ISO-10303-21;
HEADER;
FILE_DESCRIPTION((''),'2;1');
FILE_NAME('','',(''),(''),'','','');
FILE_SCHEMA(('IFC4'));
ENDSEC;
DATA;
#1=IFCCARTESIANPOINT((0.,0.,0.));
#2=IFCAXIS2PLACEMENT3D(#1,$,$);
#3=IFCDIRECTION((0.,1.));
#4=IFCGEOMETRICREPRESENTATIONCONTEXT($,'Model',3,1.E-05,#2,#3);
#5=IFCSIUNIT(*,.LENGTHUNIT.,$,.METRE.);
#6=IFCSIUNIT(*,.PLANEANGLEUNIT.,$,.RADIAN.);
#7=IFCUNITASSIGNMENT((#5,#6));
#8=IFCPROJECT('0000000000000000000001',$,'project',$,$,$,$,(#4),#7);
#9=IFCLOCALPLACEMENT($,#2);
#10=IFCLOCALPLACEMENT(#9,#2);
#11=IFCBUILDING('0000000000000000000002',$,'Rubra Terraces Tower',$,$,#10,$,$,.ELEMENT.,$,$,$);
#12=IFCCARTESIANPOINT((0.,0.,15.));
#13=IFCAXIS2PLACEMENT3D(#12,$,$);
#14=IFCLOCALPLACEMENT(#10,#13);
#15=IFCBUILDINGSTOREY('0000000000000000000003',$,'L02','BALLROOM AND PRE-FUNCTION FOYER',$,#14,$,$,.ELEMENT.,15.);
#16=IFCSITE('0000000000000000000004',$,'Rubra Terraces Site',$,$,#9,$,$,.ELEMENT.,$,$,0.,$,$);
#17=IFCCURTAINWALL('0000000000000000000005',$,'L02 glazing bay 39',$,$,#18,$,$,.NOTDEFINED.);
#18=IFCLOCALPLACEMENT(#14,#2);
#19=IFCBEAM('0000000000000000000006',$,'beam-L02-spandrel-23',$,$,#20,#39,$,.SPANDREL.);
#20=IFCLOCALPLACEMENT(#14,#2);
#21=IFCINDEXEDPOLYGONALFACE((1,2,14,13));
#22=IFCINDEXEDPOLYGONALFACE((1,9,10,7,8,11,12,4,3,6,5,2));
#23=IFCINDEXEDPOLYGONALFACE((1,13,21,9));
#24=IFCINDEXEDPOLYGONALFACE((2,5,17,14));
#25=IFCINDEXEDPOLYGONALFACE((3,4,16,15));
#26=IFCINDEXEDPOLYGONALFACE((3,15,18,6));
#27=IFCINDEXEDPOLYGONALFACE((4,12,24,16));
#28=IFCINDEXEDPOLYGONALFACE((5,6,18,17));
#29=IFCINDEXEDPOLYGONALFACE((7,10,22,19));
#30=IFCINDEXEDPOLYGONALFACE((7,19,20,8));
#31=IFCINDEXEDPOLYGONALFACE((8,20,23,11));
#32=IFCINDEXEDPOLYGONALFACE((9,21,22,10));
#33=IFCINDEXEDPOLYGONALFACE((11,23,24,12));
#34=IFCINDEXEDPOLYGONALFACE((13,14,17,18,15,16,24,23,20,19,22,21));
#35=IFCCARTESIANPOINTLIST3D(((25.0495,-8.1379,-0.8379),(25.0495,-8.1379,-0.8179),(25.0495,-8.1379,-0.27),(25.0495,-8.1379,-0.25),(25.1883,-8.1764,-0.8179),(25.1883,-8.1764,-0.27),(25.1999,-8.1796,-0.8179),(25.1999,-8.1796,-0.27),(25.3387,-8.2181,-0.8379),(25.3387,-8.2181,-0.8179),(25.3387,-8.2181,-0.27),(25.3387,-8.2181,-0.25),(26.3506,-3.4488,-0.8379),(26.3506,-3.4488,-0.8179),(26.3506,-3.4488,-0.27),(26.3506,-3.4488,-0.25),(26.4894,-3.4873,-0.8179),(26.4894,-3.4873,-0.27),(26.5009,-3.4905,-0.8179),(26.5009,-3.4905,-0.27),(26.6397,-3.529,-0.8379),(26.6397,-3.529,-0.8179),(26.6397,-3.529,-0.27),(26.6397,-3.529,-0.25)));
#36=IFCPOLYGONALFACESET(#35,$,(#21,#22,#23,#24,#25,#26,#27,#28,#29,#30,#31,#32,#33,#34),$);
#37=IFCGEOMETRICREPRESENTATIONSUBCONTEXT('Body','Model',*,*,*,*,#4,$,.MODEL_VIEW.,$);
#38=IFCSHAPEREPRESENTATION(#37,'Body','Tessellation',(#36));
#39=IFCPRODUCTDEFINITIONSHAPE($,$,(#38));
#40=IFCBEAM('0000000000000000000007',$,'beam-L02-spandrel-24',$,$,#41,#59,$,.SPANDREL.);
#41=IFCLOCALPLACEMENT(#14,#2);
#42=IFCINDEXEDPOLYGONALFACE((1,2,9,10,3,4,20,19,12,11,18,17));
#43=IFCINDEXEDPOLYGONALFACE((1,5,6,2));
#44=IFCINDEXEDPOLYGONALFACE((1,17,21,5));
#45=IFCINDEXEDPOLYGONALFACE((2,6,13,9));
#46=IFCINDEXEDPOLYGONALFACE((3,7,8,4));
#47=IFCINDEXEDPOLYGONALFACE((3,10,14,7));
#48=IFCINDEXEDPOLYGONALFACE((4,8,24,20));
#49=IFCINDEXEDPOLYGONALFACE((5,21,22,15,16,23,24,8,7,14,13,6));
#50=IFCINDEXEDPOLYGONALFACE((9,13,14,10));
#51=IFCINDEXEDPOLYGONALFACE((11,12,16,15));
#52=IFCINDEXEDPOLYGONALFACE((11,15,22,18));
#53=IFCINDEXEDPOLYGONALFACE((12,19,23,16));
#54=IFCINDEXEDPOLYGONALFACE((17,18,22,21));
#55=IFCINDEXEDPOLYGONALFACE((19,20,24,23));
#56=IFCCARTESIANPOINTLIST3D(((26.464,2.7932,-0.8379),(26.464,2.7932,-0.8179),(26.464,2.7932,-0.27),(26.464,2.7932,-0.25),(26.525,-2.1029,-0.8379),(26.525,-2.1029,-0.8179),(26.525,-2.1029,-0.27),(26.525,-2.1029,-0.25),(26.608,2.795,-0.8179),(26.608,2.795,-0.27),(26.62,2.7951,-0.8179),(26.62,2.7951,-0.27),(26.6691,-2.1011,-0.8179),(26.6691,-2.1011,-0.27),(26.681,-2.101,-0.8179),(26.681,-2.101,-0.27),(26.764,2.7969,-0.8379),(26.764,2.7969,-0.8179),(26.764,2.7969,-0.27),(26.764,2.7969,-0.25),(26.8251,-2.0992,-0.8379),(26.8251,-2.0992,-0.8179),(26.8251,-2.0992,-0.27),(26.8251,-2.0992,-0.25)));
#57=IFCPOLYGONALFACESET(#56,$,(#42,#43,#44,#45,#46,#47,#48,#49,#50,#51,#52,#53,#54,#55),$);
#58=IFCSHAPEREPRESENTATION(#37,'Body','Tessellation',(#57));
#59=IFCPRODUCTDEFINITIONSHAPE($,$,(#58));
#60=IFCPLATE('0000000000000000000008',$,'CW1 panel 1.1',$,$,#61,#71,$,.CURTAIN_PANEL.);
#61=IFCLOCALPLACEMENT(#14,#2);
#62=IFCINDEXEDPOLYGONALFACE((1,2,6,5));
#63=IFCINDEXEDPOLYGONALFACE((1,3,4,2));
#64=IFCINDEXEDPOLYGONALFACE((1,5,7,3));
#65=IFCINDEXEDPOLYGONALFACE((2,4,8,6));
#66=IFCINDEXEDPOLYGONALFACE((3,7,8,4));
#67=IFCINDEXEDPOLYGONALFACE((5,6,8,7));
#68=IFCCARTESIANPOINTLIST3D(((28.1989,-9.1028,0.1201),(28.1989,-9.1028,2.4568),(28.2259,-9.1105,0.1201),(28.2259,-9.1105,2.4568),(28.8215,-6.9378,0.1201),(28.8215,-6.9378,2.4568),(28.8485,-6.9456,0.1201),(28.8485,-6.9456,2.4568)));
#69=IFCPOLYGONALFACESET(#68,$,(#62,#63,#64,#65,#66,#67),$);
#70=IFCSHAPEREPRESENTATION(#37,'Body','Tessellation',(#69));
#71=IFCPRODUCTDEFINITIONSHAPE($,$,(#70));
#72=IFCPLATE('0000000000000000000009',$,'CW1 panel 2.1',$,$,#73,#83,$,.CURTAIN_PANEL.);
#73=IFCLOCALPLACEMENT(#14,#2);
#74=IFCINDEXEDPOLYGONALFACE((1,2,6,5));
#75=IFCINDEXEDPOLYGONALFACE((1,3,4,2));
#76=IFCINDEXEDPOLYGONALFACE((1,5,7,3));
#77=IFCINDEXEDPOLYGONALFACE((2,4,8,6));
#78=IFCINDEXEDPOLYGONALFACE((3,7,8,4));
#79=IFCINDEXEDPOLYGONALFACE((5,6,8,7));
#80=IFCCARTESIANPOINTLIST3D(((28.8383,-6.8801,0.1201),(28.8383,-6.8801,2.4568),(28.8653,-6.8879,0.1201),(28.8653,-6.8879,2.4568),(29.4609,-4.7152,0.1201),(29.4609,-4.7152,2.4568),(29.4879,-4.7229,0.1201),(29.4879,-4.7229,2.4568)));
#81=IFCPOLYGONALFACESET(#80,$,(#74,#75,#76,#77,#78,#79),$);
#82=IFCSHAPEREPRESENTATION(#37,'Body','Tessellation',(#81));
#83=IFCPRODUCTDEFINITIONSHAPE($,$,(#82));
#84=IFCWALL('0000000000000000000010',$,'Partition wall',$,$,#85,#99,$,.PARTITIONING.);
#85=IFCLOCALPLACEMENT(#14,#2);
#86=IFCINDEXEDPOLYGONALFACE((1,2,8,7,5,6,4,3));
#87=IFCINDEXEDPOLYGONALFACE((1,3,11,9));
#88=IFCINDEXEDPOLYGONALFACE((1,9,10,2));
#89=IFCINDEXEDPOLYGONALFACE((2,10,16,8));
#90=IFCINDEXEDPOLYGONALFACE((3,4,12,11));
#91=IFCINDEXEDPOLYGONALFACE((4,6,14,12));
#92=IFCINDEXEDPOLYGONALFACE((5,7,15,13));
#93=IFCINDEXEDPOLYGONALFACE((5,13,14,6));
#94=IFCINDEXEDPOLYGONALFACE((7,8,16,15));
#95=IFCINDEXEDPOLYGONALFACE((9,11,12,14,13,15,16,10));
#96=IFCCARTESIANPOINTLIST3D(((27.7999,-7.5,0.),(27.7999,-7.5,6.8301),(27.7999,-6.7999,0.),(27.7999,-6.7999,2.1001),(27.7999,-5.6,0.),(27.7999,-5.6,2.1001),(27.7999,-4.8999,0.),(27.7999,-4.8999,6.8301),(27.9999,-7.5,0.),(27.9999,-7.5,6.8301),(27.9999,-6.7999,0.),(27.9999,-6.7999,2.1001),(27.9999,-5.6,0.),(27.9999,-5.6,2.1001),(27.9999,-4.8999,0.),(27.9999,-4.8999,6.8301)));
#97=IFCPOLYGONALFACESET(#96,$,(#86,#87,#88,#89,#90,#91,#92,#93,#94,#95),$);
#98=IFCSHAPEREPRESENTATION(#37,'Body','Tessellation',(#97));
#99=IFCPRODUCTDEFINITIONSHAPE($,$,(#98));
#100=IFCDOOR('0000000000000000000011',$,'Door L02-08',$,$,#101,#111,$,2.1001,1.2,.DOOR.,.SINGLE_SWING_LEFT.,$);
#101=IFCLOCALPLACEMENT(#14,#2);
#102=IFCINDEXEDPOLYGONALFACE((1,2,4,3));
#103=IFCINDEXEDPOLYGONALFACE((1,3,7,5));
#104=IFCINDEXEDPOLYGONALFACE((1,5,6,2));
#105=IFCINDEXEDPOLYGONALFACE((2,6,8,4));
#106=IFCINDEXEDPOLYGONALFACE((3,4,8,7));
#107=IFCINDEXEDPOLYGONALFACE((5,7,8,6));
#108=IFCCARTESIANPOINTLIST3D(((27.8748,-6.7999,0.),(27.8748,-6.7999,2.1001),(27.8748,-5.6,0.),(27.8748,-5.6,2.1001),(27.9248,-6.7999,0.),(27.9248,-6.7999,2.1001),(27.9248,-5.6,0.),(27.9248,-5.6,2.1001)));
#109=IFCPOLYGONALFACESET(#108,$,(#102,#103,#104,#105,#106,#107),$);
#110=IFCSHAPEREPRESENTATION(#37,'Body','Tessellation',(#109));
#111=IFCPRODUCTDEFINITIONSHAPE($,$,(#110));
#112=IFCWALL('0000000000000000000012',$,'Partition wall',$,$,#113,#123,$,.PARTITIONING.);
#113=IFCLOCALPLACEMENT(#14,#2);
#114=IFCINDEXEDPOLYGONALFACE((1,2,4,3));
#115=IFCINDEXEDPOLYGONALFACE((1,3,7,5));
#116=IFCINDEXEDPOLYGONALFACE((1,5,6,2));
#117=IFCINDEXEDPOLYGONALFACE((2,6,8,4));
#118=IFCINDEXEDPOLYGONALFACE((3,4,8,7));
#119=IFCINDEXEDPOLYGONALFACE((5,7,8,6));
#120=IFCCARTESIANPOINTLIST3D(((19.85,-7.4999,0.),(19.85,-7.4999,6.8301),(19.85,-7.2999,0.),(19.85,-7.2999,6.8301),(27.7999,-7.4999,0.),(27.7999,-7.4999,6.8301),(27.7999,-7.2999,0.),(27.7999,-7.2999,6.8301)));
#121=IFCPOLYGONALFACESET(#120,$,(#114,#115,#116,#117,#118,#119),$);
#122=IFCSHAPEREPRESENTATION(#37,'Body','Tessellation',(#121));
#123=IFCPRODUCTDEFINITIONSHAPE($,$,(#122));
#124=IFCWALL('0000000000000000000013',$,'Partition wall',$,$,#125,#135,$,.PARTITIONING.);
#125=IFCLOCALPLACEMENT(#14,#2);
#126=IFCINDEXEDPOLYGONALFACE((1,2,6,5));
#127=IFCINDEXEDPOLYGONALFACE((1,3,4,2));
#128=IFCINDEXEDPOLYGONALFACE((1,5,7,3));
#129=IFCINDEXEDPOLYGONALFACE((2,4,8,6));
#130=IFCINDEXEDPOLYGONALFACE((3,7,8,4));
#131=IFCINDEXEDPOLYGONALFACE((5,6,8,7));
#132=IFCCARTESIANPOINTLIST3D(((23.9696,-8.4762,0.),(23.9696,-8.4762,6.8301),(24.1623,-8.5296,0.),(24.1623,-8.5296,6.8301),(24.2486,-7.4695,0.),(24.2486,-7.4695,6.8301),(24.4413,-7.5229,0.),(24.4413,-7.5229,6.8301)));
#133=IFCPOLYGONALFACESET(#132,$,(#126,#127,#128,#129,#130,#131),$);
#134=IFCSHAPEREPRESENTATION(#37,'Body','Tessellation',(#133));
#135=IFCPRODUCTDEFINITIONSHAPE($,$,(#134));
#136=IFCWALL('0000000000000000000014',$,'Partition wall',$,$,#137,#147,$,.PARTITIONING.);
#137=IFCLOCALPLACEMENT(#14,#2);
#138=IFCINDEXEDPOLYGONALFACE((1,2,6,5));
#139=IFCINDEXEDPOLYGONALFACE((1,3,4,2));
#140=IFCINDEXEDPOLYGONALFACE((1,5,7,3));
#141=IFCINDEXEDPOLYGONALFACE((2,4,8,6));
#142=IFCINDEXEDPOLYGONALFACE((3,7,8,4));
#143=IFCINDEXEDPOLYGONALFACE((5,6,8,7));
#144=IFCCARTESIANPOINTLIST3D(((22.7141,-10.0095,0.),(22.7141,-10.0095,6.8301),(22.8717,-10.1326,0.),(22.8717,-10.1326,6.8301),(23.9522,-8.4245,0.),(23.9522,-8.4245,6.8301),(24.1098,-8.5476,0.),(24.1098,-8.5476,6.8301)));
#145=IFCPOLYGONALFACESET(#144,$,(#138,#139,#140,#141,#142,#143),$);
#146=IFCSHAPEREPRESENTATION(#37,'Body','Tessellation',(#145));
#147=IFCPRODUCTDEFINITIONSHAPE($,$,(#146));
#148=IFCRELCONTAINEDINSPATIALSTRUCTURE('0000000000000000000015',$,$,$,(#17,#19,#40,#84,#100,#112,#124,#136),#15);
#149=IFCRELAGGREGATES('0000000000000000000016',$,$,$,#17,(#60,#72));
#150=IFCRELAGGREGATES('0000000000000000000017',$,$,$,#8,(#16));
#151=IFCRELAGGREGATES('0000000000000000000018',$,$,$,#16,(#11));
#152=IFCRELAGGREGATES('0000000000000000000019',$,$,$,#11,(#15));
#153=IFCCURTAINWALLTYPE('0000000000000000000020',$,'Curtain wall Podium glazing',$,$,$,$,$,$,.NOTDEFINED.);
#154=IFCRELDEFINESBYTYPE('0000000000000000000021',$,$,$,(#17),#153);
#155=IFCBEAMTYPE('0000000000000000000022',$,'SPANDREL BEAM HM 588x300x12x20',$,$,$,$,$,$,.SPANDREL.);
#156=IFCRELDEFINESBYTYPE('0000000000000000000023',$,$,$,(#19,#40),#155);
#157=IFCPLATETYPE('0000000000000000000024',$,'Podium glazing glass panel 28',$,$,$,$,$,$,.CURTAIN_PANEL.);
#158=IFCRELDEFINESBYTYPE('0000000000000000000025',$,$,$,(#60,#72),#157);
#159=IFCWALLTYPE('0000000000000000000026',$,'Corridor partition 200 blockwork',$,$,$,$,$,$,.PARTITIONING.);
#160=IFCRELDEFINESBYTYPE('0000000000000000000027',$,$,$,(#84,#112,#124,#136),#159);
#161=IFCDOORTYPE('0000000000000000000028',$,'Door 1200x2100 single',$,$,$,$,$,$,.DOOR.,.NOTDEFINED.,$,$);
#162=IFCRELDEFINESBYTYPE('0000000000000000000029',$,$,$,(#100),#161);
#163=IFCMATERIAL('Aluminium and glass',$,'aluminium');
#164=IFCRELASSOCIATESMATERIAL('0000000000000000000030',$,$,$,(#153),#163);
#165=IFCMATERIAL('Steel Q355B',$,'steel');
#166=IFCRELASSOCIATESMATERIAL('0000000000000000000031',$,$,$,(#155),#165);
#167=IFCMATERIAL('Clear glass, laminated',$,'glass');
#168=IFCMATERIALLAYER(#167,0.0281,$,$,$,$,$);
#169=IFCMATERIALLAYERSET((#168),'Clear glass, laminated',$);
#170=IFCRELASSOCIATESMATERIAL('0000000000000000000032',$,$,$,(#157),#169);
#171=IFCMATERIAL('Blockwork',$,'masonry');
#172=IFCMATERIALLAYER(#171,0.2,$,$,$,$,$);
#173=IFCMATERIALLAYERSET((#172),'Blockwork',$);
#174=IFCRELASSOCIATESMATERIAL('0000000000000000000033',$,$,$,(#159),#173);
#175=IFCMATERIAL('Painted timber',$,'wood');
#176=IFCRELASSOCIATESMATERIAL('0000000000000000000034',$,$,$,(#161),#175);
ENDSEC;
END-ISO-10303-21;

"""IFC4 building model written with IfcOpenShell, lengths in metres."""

from ifc_helpers import new_model, si_unit, direction, frame, frame_2d, origin, origin_2d, place, context, subcontext, project, spatial, rectangle, i_section, extrude, material, layer, layer_set, material_profile, profile_set, type_object, element, fill, aggregate, save


model = new_model("IFC4")

# Units and contexts
model_context = context("Model", 3, precision=1e-05, world=origin(), true_north=direction((0.0, 1.0)))
body_context = subcontext(model_context, "Body", "Model", "MODEL_VIEW")
ifc_project = project(units=[si_unit("LENGTHUNIT", "METRE"), si_unit("PLANEANGLEUNIT", "RADIAN")], contexts=[model_context])

# Site, building, storey
site_placement = place(None, origin())
site = spatial("IfcSite", under=ifc_project, at=site_placement, Name="Rubra Terraces Site", CompositionType="ELEMENT", RefElevation=0.0)
building_placement = place(site_placement, origin())
building = spatial("IfcBuilding", under=site, at=building_placement, Name="Rubra Terraces Tower", CompositionType="ELEMENT")
storey_placement = place(building_placement, frame((0.0, 0.0, 15.0)))
storey = spatial("IfcBuildingStorey", under=building, at=storey_placement, Name="L02", Description="BALLROOM AND PRE-FUNCTION FOYER", CompositionType="ELEMENT", Elevation=15.0)

# Shared definitions
ifc_material_1 = material(Name="Steel Q355B", Category="steel")

# Curtain wall
ifc_material_2 = material(Name="Aluminium and glass", Category="aluminium")
curtain_wall_type = type_object("IfcCurtainWallType", Name="Curtain wall Podium glazing", PredefinedType="NOTDEFINED", material=ifc_material_2)
curtain_wall_1_placement = place(storey_placement, origin())
curtain_wall_1 = element("IfcCurtainWall", 1, at=curtain_wall_1_placement, inside=storey, type_object=curtain_wall_type, Name="L02 glazing bay 39", PredefinedType="NOTDEFINED")

# Beams
ifc_material_profile_1 = material_profile(ifc_material_1, i_section(OverallWidth=0.3, OverallDepth=0.5879, WebThickness=0.012, FlangeThickness=0.02, at=origin_2d()), Name="HM 588x300x12x20")
ifc_profile_set_1 = profile_set([ifc_material_profile_1], Name="Steel Q355B")
beam_type_1 = type_object("IfcBeamType", Name="SPANDREL BEAM HM 588x300x12x20", PredefinedType="SPANDREL", material=ifc_profile_set_1)
beam_1_placement = place(storey_placement, frame((25.1941, -8.178, -0.5439), z_axis=(0.267364, 0.963595, 0.0), x_axis=(-0.963595, 0.267364, 0.0)))
element("IfcBeam", 2, at=beam_1_placement, inside=storey, type_object=beam_type_1, Name="beam-L02-spandrel-23", PredefinedType="SPANDREL", context=body_context, shape_type="SweptSolid", body=[
    extrude(i_section(OverallWidth=0.3, OverallDepth=0.5879, WebThickness=0.012, FlangeThickness=0.02, at=origin_2d()), origin(), (0.0, 0.0, 1.0), 4.8662),
])
beam_2_placement = place(storey_placement, frame((26.675, -2.1011, -0.5439), z_axis=(-0.012465, 0.999922, 0.0), x_axis=(-0.999922, -0.012465, 0.0)))
element("IfcBeam", 3, at=beam_2_placement, inside=storey, type_object=beam_type_1, Name="beam-L02-spandrel-24", PredefinedType="SPANDREL", context=body_context, shape_type="SweptSolid", body=[
    extrude(i_section(OverallWidth=0.3, OverallDepth=0.5879, WebThickness=0.012, FlangeThickness=0.02, at=origin_2d()), origin(), (0.0, 0.0, 1.0), 4.8965),
])

# Plates
ifc_material_3 = material(Name="Clear glass, laminated", Category="glass")
ifc_layer_1 = layer(ifc_material_3, 0.0281)
ifc_layer_set_1 = layer_set([ifc_layer_1], Name="Clear glass, laminated")
plate_type = type_object("IfcPlateType", Name="Podium glazing glass panel 28", PredefinedType="CURTAIN_PANEL", material=ifc_layer_set_1)
plate_1_placement = place(storey_placement, frame((28.5237, -8.0242, 0.1201), z_axis=(0.0, 0.0, 1.0), x_axis=(0.276384, 0.961047, 0.0)))
plate_1 = element("IfcPlate", 4, at=plate_1_placement, type_object=plate_type, Name="CW1 panel 1.1", PredefinedType="CURTAIN_PANEL", context=body_context, shape_type="SweptSolid", body=[
    extrude(rectangle(XDim=2.2527, YDim=0.0281, at=origin_2d()), origin(), (0.0, 0.0, 1.0), 2.3367),
])
plate_2_placement = place(storey_placement, frame((29.1631, -5.8015, 0.1201), z_axis=(0.0, 0.0, 1.0), x_axis=(0.276384, 0.961047, 0.0)))
plate_2 = element("IfcPlate", 5, at=plate_2_placement, type_object=plate_type, Name="CW1 panel 2.1", PredefinedType="CURTAIN_PANEL", context=body_context, shape_type="SweptSolid", body=[
    extrude(rectangle(XDim=2.2527, YDim=0.0281, at=origin_2d()), origin(), (0.0, 0.0, 1.0), 2.3367),
])
aggregate(curtain_wall_1, [plate_1, plate_2])

# Wall, opening, door
ifc_material_4 = material(Name="Blockwork", Category="masonry")
ifc_layer_2 = layer(ifc_material_4, 0.2)
ifc_layer_set_2 = layer_set([ifc_layer_2], Name="Blockwork")
wall_type = type_object("IfcWallType", Name="Corridor partition 200 blockwork", PredefinedType="PARTITIONING", material=ifc_layer_set_2)
wall_1_placement = place(storey_placement, frame((27.8999, -4.8999, 0.0), z_axis=(0.0, 0.0, 1.0), x_axis=(0.0, -1.0, 0.0)))
wall_1 = element("IfcWall", 6, at=wall_1_placement, inside=storey, type_object=wall_type, Name="Partition wall", PredefinedType="PARTITIONING", context=body_context, shape_type="SweptSolid", body=[
    extrude(rectangle(XDim=2.6001, YDim=0.2, at=frame_2d((1.3, 0.0))), origin(), (0.0, 0.0, 1.0), 6.8301),
])
opening_placement = place(wall_1_placement, frame((0.7, 0.0, 0.0)))
opening = element("IfcOpeningElement", 7, at=opening_placement, cuts=wall_1, PredefinedType="OPENING", context=body_context, shape_type="SweptSolid", body=[
    extrude(rectangle(XDim=1.2, YDim=2.1001, at=frame_2d((0.6001, 1.05))), frame((0.0, 0.1099, 0.0), z_axis=(0.0, -1.0, 0.0), x_axis=(1.0, 0.0, 0.0)), (0.0, 0.0, 1.0), 0.22),
])
ifc_material_5 = material(Name="Painted timber", Category="wood")
door_type = type_object("IfcDoorType", Name="Door 1200x2100 single", OperationType="NOTDEFINED", PredefinedType="DOOR", material=ifc_material_5)
door_placement = place(opening_placement, origin())
door = element("IfcDoor", 8, at=door_placement, inside=storey, type_object=door_type, Name="Door L02-08", OperationType="SINGLE_SWING_LEFT", OverallHeight=2.1001, OverallWidth=1.2, PredefinedType="DOOR", context=body_context, shape_type="SweptSolid", body=[
    extrude(rectangle(XDim=1.2, YDim=2.1001, at=frame_2d((0.6001, 1.05))), frame((0.0, 0.0249, 0.0), z_axis=(0.0, -1.0, 0.0), x_axis=(1.0, 0.0, 0.0)), (0.0, 0.0, 1.0), 0.05),
])
fill(opening, door)

# Walls
wall_2_placement = place(storey_placement, frame((27.8, -7.3999, 0.0), z_axis=(0.0, 0.0, 1.0), x_axis=(-1.0, 0.0, 0.0)))
element("IfcWall", 9, at=wall_2_placement, inside=storey, type_object=wall_type, Name="Partition wall", PredefinedType="PARTITIONING", context=body_context, shape_type="SweptSolid", body=[
    extrude(rectangle(XDim=7.95, YDim=0.2, at=frame_2d((3.9751, 0.0))), origin(), (0.0, 0.0, 1.0), 6.8301),
])
wall_3_placement = place(storey_placement, frame((24.345, -7.4961, 0.0), z_axis=(0.0, 0.0, 1.0), x_axis=(-0.267089, -0.963672, 0.0)))
element("IfcWall", 10, at=wall_3_placement, inside=storey, type_object=wall_type, Name="Partition wall", PredefinedType="PARTITIONING", context=body_context, shape_type="SweptSolid", body=[
    extrude(rectangle(XDim=1.0447, YDim=0.2, at=frame_2d((0.5225, 0.0))), origin(), (0.0, 0.0, 1.0), 6.8301),
])
wall_4_placement = place(storey_placement, frame((24.031, -8.4861, 0.0), z_axis=(0.0, 0.0, 1.0), x_axis=(-0.615578, -0.788076, 0.0)))
element("IfcWall", 11, at=wall_4_placement, inside=storey, type_object=wall_type, Name="Partition wall", PredefinedType="PARTITIONING", context=body_context, shape_type="SweptSolid", body=[
    extrude(rectangle(XDim=2.0112, YDim=0.2, at=frame_2d((1.0056, 0.0))), origin(), (0.0, 0.0, 1.0), 6.8301),
])

save(model, "model.ifc")
